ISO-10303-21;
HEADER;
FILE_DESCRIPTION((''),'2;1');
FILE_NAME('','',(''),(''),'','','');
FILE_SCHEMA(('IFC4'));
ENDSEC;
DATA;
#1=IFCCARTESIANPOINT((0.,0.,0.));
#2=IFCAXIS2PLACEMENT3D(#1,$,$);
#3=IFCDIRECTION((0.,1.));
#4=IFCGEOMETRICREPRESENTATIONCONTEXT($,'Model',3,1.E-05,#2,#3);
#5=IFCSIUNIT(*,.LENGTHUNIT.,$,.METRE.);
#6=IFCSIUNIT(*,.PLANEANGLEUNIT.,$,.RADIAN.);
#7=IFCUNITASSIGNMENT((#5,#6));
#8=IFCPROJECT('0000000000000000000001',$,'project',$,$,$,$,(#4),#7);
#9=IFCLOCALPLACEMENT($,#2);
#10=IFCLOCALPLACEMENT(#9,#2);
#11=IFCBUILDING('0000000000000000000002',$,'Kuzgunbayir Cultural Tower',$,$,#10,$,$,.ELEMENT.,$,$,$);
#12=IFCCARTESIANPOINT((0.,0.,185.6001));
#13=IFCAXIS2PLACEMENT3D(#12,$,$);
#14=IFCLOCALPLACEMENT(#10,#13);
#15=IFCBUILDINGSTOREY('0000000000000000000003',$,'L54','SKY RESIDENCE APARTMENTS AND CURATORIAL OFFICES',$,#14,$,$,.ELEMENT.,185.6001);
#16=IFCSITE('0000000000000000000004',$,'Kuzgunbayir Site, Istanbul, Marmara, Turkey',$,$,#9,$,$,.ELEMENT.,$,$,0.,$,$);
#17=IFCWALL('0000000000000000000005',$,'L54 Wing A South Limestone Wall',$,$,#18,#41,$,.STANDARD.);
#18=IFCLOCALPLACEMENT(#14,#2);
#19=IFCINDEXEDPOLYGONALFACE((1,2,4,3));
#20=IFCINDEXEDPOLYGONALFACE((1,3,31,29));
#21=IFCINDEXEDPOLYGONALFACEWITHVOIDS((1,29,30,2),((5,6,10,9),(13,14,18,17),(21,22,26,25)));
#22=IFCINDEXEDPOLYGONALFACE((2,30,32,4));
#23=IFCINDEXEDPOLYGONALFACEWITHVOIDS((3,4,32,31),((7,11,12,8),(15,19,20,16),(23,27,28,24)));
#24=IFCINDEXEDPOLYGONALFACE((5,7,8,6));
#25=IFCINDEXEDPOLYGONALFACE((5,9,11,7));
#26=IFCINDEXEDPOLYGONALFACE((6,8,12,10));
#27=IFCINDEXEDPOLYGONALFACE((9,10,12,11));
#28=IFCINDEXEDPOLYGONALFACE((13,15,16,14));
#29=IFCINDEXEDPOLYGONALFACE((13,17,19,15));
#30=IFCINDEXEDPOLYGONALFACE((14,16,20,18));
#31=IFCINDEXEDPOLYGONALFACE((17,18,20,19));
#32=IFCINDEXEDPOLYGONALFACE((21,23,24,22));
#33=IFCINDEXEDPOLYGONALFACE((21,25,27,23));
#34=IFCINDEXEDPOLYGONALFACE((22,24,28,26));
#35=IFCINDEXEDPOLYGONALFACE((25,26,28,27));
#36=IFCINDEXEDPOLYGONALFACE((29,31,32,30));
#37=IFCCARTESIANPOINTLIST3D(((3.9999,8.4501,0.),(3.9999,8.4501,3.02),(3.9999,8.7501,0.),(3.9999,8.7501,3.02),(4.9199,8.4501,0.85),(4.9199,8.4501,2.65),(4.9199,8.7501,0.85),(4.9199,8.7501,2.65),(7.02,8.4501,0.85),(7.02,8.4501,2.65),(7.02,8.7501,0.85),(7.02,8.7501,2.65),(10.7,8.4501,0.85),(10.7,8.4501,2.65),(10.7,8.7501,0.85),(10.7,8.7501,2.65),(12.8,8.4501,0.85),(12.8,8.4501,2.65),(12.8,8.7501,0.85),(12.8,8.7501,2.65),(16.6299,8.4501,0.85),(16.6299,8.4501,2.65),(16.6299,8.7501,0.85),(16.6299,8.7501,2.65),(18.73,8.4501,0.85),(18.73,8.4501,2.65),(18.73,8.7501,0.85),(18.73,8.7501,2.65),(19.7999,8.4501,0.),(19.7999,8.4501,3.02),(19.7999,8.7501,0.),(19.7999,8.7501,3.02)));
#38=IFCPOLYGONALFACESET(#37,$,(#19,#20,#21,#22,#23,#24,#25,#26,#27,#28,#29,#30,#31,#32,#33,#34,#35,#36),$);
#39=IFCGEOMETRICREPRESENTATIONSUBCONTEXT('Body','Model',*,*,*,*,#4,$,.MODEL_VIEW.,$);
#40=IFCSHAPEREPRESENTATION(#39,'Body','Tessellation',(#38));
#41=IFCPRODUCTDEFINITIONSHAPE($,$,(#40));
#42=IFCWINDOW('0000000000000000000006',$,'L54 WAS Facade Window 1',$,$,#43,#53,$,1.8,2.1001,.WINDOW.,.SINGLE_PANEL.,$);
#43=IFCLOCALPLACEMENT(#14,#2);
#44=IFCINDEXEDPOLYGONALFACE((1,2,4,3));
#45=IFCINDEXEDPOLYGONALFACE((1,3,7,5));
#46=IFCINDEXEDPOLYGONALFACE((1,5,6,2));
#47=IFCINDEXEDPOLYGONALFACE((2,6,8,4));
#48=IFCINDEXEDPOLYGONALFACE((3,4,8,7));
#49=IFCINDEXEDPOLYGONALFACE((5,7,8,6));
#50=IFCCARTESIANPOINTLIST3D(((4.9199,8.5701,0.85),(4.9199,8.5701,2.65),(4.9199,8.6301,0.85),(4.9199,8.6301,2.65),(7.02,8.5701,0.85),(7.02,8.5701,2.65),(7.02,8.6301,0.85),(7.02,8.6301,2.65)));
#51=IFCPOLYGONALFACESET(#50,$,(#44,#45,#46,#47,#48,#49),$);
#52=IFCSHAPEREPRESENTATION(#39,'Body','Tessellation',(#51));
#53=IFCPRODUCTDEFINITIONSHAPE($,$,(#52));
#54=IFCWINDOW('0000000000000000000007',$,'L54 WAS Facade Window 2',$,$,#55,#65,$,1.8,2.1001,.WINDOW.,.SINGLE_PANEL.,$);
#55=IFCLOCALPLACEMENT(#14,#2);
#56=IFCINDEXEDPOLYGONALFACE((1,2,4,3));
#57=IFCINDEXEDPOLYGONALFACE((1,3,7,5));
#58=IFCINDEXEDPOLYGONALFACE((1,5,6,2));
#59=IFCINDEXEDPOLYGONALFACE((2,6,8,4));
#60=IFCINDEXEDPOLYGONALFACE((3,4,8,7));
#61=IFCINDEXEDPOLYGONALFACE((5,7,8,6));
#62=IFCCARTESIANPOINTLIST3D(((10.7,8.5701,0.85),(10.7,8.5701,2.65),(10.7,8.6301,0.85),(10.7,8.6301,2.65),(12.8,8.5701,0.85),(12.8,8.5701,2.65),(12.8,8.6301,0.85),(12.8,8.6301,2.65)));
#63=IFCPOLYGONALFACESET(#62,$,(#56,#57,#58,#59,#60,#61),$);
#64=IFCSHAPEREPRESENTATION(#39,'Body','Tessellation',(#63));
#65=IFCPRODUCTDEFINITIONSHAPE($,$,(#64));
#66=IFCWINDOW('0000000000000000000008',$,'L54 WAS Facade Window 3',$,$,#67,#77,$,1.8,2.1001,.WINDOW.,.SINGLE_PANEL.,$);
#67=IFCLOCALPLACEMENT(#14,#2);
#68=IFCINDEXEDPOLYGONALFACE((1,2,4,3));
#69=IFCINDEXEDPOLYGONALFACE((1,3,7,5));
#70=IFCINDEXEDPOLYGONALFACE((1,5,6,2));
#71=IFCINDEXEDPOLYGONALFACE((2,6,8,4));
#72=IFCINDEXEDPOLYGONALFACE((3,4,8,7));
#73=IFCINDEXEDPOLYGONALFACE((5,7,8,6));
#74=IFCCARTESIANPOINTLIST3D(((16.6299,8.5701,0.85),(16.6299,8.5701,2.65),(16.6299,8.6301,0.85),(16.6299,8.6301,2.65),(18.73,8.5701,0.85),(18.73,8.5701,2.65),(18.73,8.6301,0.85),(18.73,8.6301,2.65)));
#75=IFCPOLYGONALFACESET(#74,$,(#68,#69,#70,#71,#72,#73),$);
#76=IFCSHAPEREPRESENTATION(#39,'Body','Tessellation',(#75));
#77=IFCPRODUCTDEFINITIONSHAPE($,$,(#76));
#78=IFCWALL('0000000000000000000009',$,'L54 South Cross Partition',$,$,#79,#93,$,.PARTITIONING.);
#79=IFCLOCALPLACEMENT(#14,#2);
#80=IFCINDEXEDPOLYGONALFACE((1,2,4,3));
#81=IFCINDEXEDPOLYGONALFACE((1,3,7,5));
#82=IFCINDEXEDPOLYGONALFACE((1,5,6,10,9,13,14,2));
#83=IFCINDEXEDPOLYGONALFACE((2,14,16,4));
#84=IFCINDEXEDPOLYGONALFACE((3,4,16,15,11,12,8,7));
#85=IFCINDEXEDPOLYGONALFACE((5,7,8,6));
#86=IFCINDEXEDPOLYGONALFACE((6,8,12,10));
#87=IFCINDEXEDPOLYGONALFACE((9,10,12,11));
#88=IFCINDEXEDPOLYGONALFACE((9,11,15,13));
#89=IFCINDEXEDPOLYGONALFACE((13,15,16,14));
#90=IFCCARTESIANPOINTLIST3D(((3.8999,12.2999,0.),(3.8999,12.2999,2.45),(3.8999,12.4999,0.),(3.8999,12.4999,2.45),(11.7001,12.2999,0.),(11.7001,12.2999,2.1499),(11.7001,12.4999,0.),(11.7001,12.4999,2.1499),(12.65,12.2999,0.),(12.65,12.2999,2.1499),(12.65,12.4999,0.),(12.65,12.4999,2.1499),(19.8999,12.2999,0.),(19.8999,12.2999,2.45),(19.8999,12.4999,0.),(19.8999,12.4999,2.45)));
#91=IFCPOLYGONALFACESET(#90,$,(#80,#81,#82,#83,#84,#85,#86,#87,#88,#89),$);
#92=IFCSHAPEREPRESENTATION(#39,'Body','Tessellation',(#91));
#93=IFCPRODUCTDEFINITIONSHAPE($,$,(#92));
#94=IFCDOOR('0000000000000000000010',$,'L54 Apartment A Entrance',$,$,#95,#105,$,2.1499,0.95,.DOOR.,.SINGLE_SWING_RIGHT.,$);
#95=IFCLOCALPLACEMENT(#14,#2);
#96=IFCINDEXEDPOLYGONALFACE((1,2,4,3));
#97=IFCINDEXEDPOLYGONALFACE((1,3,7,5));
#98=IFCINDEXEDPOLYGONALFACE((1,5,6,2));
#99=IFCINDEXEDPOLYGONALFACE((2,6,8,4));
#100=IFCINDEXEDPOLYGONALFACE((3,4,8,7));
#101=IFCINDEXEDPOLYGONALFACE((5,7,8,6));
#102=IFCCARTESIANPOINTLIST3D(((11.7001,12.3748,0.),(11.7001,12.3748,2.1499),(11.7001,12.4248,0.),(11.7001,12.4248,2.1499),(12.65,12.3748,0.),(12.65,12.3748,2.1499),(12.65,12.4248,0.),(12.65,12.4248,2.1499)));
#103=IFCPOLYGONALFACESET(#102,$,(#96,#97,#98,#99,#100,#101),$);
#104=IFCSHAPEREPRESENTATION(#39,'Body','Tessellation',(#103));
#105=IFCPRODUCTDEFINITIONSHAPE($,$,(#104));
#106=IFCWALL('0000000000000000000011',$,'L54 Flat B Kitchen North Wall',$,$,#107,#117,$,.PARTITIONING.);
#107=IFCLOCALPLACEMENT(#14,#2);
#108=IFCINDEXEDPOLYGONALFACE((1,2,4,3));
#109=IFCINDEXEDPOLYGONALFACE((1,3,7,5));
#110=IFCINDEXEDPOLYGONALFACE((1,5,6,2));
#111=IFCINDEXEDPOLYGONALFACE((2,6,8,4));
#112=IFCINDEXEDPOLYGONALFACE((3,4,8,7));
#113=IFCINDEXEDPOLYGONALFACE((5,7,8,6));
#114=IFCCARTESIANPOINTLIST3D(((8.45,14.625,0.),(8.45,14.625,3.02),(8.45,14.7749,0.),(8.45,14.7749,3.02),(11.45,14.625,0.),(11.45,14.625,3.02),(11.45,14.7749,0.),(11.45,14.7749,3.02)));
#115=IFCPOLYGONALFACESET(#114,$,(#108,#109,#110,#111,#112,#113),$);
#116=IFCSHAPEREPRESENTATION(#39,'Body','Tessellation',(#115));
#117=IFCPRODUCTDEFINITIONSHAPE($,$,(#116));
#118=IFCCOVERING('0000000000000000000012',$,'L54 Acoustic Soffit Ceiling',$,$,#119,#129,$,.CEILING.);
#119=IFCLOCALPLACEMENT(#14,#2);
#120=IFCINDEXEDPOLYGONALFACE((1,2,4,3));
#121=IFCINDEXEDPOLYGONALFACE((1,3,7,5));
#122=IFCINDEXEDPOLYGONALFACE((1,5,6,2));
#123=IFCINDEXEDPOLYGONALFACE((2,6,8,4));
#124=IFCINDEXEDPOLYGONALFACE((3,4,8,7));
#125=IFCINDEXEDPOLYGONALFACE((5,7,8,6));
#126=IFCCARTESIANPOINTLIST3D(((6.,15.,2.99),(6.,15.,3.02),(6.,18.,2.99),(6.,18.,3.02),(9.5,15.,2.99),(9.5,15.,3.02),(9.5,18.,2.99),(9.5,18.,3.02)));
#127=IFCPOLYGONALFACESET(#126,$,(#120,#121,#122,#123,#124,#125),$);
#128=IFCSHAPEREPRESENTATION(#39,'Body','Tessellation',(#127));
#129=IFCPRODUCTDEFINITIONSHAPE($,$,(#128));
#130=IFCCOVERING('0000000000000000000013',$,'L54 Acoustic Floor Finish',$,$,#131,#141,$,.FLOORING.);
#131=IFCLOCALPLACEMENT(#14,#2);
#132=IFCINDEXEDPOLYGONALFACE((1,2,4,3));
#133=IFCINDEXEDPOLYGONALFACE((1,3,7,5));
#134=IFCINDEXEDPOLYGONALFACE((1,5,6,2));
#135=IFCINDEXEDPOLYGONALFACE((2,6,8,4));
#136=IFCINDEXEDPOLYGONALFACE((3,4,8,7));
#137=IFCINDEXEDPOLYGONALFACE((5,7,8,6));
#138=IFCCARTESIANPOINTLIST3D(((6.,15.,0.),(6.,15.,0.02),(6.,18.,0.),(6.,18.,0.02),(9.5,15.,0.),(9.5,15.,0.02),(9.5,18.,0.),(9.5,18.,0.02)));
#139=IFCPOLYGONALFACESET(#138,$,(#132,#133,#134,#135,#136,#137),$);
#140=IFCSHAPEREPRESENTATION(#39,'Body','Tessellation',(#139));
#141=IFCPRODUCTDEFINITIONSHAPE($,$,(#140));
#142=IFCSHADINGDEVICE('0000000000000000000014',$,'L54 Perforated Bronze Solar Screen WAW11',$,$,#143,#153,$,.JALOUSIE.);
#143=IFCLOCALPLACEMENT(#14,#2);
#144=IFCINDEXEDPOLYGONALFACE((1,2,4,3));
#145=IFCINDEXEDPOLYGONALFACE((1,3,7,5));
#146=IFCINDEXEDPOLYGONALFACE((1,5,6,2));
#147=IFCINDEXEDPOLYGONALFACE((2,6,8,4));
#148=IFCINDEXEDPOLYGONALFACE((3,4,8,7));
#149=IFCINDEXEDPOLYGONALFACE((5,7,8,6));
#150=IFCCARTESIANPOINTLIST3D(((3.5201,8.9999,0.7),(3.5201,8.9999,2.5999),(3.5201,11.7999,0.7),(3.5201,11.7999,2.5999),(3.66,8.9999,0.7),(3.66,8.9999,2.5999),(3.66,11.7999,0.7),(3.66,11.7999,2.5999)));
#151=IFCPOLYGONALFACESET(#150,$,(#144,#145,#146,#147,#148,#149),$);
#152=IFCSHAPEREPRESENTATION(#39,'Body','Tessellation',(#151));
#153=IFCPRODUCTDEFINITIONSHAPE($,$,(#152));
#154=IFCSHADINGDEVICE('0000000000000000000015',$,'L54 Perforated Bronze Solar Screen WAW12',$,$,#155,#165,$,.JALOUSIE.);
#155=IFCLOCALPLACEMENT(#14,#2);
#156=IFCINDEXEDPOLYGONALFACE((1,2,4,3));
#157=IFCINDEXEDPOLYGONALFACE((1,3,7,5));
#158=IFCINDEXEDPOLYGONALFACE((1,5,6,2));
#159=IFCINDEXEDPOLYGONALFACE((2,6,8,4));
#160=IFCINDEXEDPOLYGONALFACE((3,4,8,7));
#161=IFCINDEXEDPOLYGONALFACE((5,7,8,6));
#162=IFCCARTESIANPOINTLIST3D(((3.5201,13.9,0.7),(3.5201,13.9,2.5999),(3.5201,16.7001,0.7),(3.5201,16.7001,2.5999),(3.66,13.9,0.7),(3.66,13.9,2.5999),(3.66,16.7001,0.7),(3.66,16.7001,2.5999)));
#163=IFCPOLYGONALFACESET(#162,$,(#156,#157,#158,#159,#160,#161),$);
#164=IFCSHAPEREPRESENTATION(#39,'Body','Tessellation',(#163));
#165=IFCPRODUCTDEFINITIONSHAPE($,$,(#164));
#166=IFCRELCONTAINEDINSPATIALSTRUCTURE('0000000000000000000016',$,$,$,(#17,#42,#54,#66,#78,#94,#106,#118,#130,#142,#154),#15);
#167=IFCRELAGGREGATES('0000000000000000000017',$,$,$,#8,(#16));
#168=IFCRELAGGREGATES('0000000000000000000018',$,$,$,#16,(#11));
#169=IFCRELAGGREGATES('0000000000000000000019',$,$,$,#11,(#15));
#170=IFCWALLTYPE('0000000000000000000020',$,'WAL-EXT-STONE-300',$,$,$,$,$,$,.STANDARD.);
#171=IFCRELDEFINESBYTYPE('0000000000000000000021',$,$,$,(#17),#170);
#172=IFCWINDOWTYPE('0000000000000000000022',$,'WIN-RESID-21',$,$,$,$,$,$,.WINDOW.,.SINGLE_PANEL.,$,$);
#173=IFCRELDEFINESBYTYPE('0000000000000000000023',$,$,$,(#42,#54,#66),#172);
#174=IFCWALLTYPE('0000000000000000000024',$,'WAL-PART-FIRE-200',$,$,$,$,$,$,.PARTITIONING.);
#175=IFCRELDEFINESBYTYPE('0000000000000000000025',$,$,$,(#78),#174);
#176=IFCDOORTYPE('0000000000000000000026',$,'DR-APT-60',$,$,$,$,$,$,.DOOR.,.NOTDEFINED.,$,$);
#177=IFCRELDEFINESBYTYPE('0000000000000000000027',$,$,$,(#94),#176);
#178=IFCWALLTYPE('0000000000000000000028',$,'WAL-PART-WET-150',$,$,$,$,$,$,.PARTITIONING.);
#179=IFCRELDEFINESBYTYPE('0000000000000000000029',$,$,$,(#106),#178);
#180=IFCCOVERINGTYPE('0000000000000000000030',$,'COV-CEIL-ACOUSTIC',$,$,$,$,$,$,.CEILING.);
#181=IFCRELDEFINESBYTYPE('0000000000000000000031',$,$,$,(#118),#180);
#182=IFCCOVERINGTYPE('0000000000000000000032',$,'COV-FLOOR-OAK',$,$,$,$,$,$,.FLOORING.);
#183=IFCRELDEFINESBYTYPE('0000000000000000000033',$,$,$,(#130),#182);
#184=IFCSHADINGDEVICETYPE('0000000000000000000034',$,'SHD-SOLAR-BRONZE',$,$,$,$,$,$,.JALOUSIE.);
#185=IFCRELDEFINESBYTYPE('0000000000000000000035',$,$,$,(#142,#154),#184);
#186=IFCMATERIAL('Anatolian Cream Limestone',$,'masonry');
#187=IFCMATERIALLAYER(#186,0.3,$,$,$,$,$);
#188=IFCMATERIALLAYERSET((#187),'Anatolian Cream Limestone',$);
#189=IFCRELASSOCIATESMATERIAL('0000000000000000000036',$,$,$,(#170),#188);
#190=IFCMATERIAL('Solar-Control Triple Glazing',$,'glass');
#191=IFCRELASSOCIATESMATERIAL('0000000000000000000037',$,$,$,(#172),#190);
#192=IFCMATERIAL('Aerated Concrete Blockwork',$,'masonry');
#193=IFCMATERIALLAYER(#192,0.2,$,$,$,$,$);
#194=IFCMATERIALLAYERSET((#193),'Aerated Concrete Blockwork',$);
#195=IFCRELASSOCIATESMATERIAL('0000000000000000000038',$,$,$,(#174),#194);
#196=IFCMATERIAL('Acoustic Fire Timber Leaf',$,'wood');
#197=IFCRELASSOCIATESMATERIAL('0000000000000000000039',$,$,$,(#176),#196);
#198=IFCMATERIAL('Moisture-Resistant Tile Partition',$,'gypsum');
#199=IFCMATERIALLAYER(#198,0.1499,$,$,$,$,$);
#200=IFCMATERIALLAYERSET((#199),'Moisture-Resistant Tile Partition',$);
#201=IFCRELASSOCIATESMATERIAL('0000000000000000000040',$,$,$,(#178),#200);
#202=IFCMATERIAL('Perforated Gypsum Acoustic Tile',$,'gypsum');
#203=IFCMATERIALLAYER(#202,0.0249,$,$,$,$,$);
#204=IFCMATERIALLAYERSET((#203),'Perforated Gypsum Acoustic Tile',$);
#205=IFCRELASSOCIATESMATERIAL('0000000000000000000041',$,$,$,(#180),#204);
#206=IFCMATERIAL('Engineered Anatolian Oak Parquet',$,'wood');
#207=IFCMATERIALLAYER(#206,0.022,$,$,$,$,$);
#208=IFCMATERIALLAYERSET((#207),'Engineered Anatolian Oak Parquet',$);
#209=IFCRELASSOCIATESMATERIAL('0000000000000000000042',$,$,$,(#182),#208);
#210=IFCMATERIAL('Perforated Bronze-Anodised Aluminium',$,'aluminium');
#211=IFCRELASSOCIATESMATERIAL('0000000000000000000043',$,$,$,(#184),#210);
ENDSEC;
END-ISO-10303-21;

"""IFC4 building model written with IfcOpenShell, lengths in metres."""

from ifc_helpers import new_model, si_unit, direction, frame, frame_2d, origin, origin_2d, place, context, subcontext, project, spatial, polyline, rectangle, outline, extrude, material, layer, layer_set, type_object, element, fill, save


model = new_model("IFC4")

# Units and contexts
model_context = context("Model", 3, precision=1e-05, world=origin(), true_north=direction((0.0, 1.0)))
body_context = subcontext(model_context, "Body", "Model", "MODEL_VIEW")
ifc_project = project(units=[si_unit("LENGTHUNIT", "METRE"), si_unit("PLANEANGLEUNIT", "RADIAN")], contexts=[model_context])

# Site, building, storey
site_placement = place(None, origin())
site = spatial("IfcSite", under=ifc_project, at=site_placement, Name="Kuzgunbayir Site, Istanbul, Marmara, Turkey", CompositionType="ELEMENT", RefElevation=0.0)
building_placement = place(site_placement, origin())
building = spatial("IfcBuilding", under=site, at=building_placement, Name="Kuzgunbayir Cultural Tower", CompositionType="ELEMENT")
storey_placement = place(building_placement, frame((0.0, 0.0, 185.6001)))
storey = spatial("IfcBuildingStorey", under=building, at=storey_placement, Name="L54", Description="SKY RESIDENCE APARTMENTS AND CURATORIAL OFFICES", CompositionType="ELEMENT", Elevation=185.6001)

# Wall, openings, windows
ifc_material_1 = material(Name="Anatolian Cream Limestone", Category="masonry")
ifc_layer_1 = layer(ifc_material_1, 0.3)
ifc_layer_set_1 = layer_set([ifc_layer_1], Name="Anatolian Cream Limestone")
wall_type_1 = type_object("IfcWallType", Name="WAL-EXT-STONE-300", PredefinedType="STANDARD", material=ifc_layer_set_1)
wall_1_placement = place(storey_placement, frame((4.0, 8.6001, 0.0), z_axis=(0.0, 0.0, 1.0), x_axis=(1.0, 0.0, 0.0)))
wall_1 = element("IfcWall", 1, at=wall_1_placement, inside=storey, type_object=wall_type_1, Name="L54 Wing A South Limestone Wall", PredefinedType="STANDARD", context=body_context, shape_type="SweptSolid", body=[
    extrude(rectangle(XDim=15.8, YDim=0.3, at=frame_2d((7.8999, 0.0))), origin(), (0.0, 0.0, 1.0), 3.02),
])
opening_1_placement = place(wall_1_placement, frame((0.9199, 0.0, 0.8501)))
opening_1 = element("IfcOpeningElement", 2, at=opening_1_placement, cuts=wall_1, PredefinedType="OPENING", context=body_context, shape_type="SweptSolid", body=[
    extrude(rectangle(XDim=2.1001, YDim=1.8, at=frame_2d((1.05, 0.8999))), frame((0.0, 0.1602, 0.0), z_axis=(0.0, -1.0, 0.0), x_axis=(1.0, 0.0, 0.0)), (0.0, 0.0, 1.0), 0.3201),
])
opening_2_placement = place(wall_1_placement, frame((6.7, 0.0, 0.8501)))
opening_2 = element("IfcOpeningElement", 3, at=opening_2_placement, cuts=wall_1, PredefinedType="OPENING", context=body_context, shape_type="SweptSolid", body=[
    extrude(rectangle(XDim=2.1001, YDim=1.8, at=frame_2d((1.05, 0.8999))), frame((0.0, 0.1602, 0.0), z_axis=(0.0, -1.0, 0.0), x_axis=(1.0, 0.0, 0.0)), (0.0, 0.0, 1.0), 0.3201),
])
opening_3_placement = place(wall_1_placement, frame((12.6299, 0.0, 0.8501)))
opening_3 = element("IfcOpeningElement", 4, at=opening_3_placement, cuts=wall_1, PredefinedType="OPENING", context=body_context, shape_type="SweptSolid", body=[
    extrude(rectangle(XDim=2.1001, YDim=1.8, at=frame_2d((1.05, 0.8999))), frame((0.0, 0.1602, 0.0), z_axis=(0.0, -1.0, 0.0), x_axis=(1.0, 0.0, 0.0)), (0.0, 0.0, 1.0), 0.3201),
])
ifc_material_2 = material(Name="Solar-Control Triple Glazing", Category="glass")
window_type = type_object("IfcWindowType", Name="WIN-RESID-21", PartitioningType="SINGLE_PANEL", PredefinedType="WINDOW", material=ifc_material_2)
window_1_placement = place(opening_1_placement, origin())
window_1 = element("IfcWindow", 5, at=window_1_placement, inside=storey, type_object=window_type, Name="L54 WAS Facade Window 1", OverallHeight=1.8, OverallWidth=2.1001, PartitioningType="SINGLE_PANEL", PredefinedType="WINDOW", context=body_context, shape_type="SweptSolid", body=[
    extrude(rectangle(XDim=2.1001, YDim=1.8, at=frame_2d((1.05, 0.8999))), frame((0.0, 0.03, 0.0), z_axis=(0.0, -1.0, 0.0), x_axis=(1.0, 0.0, 0.0)), (0.0, 0.0, 1.0), 0.0601),
])
fill(opening_1, window_1)
window_2_placement = place(opening_2_placement, origin())
window_2 = element("IfcWindow", 6, at=window_2_placement, inside=storey, type_object=window_type, Name="L54 WAS Facade Window 2", OverallHeight=1.8, OverallWidth=2.1001, PartitioningType="SINGLE_PANEL", PredefinedType="WINDOW", context=body_context, shape_type="SweptSolid", body=[
    extrude(rectangle(XDim=2.1001, YDim=1.8, at=frame_2d((1.05, 0.8999))), frame((0.0, 0.03, 0.0), z_axis=(0.0, -1.0, 0.0), x_axis=(1.0, 0.0, 0.0)), (0.0, 0.0, 1.0), 0.0601),
])
fill(opening_2, window_2)
window_3_placement = place(opening_3_placement, origin())
window_3 = element("IfcWindow", 7, at=window_3_placement, inside=storey, type_object=window_type, Name="L54 WAS Facade Window 3", OverallHeight=1.8, OverallWidth=2.1001, PartitioningType="SINGLE_PANEL", PredefinedType="WINDOW", context=body_context, shape_type="SweptSolid", body=[
    extrude(rectangle(XDim=2.1001, YDim=1.8, at=frame_2d((1.05, 0.8999))), frame((0.0, 0.03, 0.0), z_axis=(0.0, -1.0, 0.0), x_axis=(1.0, 0.0, 0.0)), (0.0, 0.0, 1.0), 0.0601),
])
fill(opening_3, window_3)

# Wall, opening, door
ifc_material_3 = material(Name="Aerated Concrete Blockwork", Category="masonry")
ifc_layer_2 = layer(ifc_material_3, 0.2)
ifc_layer_set_2 = layer_set([ifc_layer_2], Name="Aerated Concrete Blockwork")
wall_type_2 = type_object("IfcWallType", Name="WAL-PART-FIRE-200", PredefinedType="PARTITIONING", material=ifc_layer_set_2)
wall_2_placement = place(storey_placement, frame((3.8999, 12.3999, 0.0), z_axis=(0.0, 0.0, 1.0), x_axis=(1.0, 0.0, 0.0)))
wall_2 = element("IfcWall", 8, at=wall_2_placement, inside=storey, type_object=wall_type_2, Name="L54 South Cross Partition", PredefinedType="PARTITIONING", context=body_context, shape_type="SweptSolid", body=[
    extrude(rectangle(XDim=16.0, YDim=0.2, at=frame_2d((8.0, 0.0))), origin(), (0.0, 0.0, 1.0), 2.45),
])
opening_4_placement = place(wall_2_placement, frame((7.8, 0.0, 0.0)))
opening_4 = element("IfcOpeningElement", 9, at=opening_4_placement, cuts=wall_2, PredefinedType="OPENING", context=body_context, shape_type="SweptSolid", body=[
    extrude(rectangle(XDim=0.95, YDim=2.1499, at=frame_2d((0.4751, 1.075))), frame((0.0, 0.1099, 0.0), z_axis=(0.0, -1.0, 0.0), x_axis=(1.0, 0.0, 0.0)), (0.0, 0.0, 1.0), 0.22),
])
ifc_material_4 = material(Name="Acoustic Fire Timber Leaf", Category="wood")
door_type_1 = type_object("IfcDoorType", Name="DR-APT-60", OperationType="NOTDEFINED", PredefinedType="DOOR", material=ifc_material_4)
door_1_placement = place(opening_4_placement, origin())
door_1 = element("IfcDoor", 10, at=door_1_placement, inside=storey, type_object=door_type_1, Name="L54 Apartment A Entrance", OperationType="SINGLE_SWING_RIGHT", OverallHeight=2.1499, OverallWidth=0.95, PredefinedType="DOOR", context=body_context, shape_type="SweptSolid", body=[
    extrude(rectangle(XDim=0.95, YDim=2.1499, at=frame_2d((0.4751, 1.075))), frame((0.0, 0.0249, 0.0), z_axis=(0.0, -1.0, 0.0), x_axis=(1.0, 0.0, 0.0)), (0.0, 0.0, 1.0), 0.05),
])
fill(opening_4, door_1)
ifc_material_5 = material(Name="Moisture-Resistant Tile Partition", Category="gypsum")
ifc_layer_3 = layer(ifc_material_5, 0.1499)
ifc_layer_set_3 = layer_set([ifc_layer_3], Name="Moisture-Resistant Tile Partition")
wall_type_3 = type_object("IfcWallType", Name="WAL-PART-WET-150", PredefinedType="PARTITIONING", material=ifc_layer_set_3)

# Wall
wall_3_placement = place(storey_placement, frame((8.45, 14.7, 0.0), z_axis=(0.0, 0.0, 1.0), x_axis=(1.0, 0.0, 0.0)))
element("IfcWall", 11, at=wall_3_placement, inside=storey, type_object=wall_type_3, Name="L54 Flat B Kitchen North Wall", PredefinedType="PARTITIONING", context=body_context, shape_type="SweptSolid", body=[
    extrude(rectangle(XDim=3.0, YDim=0.1499, at=frame_2d((1.5, 0.0))), origin(), (0.0, 0.0, 1.0), 3.02),
])

# Coverings
ifc_material_6 = material(Name="Perforated Gypsum Acoustic Tile", Category="gypsum")
ifc_layer_4 = layer(ifc_material_6, 0.0249)
ifc_layer_set_4 = layer_set([ifc_layer_4], Name="Perforated Gypsum Acoustic Tile")
covering_type_1 = type_object("IfcCoveringType", Name="COV-CEIL-ACOUSTIC", PredefinedType="CEILING", material=ifc_layer_set_4)
covering_1_placement = place(storey_placement, frame((0.0, 0.0, 2.99)))
element("IfcCovering", 12, at=covering_1_placement, inside=storey, type_object=covering_type_1, Name="L54 Acoustic Soffit Ceiling", PredefinedType="CEILING", context=body_context, shape_type="SweptSolid", body=[
    extrude(outline(polyline([(6.0, 15.0), (9.5, 15.0), (9.5, 18.0), (6.0, 18.0), (6.0, 15.0)])), origin(), (0.0, 0.0, 1.0), 0.03),
])
ifc_material_7 = material(Name="Engineered Anatolian Oak Parquet", Category="wood")
ifc_layer_5 = layer(ifc_material_7, 0.022)
ifc_layer_set_5 = layer_set([ifc_layer_5], Name="Engineered Anatolian Oak Parquet")
covering_type_2 = type_object("IfcCoveringType", Name="COV-FLOOR-OAK", PredefinedType="FLOORING", material=ifc_layer_set_5)
covering_2_placement = place(storey_placement, origin())
element("IfcCovering", 13, at=covering_2_placement, inside=storey, type_object=covering_type_2, Name="L54 Acoustic Floor Finish", PredefinedType="FLOORING", context=body_context, shape_type="SweptSolid", body=[
    extrude(outline(polyline([(6.0, 15.0), (9.5, 15.0), (9.5, 18.0), (6.0, 18.0), (6.0, 15.0)])), origin(), (0.0, 0.0, 1.0), 0.02),
])

# Shading devices
ifc_material_8 = material(Name="Perforated Bronze-Anodised Aluminium", Category="aluminium")
shading_device_type_1 = type_object("IfcShadingDeviceType", Name="SHD-SOLAR-BRONZE", PredefinedType="JALOUSIE", material=ifc_material_8)
for number, where, z_axis, x_axis, name in (
    (14, (3.5901, 10.3999, 0.7), (0.0, 0.0, 1.0), (1.0, 0.0, 0.0), "L54 Perforated Bronze Solar Screen WAW11"),
    (15, (3.5901, 15.3, 0.7), (0.0, 0.0, 1.0), (1.0, 0.0, 0.0), "L54 Perforated Bronze Solar Screen WAW12"),
):
    element("IfcShadingDevice", number, at=place(storey_placement, frame(where, z_axis=z_axis, x_axis=x_axis)), inside=storey, type_object=shading_device_type_1, Name=name, PredefinedType="JALOUSIE", context=body_context, shape_type="SweptSolid", body=[
        extrude(rectangle(XDim=0.1399, YDim=2.8, at=origin_2d()), origin(), (0.0, 0.0, 1.0), 1.8999),
    ])

save(model, "model.ifc")
